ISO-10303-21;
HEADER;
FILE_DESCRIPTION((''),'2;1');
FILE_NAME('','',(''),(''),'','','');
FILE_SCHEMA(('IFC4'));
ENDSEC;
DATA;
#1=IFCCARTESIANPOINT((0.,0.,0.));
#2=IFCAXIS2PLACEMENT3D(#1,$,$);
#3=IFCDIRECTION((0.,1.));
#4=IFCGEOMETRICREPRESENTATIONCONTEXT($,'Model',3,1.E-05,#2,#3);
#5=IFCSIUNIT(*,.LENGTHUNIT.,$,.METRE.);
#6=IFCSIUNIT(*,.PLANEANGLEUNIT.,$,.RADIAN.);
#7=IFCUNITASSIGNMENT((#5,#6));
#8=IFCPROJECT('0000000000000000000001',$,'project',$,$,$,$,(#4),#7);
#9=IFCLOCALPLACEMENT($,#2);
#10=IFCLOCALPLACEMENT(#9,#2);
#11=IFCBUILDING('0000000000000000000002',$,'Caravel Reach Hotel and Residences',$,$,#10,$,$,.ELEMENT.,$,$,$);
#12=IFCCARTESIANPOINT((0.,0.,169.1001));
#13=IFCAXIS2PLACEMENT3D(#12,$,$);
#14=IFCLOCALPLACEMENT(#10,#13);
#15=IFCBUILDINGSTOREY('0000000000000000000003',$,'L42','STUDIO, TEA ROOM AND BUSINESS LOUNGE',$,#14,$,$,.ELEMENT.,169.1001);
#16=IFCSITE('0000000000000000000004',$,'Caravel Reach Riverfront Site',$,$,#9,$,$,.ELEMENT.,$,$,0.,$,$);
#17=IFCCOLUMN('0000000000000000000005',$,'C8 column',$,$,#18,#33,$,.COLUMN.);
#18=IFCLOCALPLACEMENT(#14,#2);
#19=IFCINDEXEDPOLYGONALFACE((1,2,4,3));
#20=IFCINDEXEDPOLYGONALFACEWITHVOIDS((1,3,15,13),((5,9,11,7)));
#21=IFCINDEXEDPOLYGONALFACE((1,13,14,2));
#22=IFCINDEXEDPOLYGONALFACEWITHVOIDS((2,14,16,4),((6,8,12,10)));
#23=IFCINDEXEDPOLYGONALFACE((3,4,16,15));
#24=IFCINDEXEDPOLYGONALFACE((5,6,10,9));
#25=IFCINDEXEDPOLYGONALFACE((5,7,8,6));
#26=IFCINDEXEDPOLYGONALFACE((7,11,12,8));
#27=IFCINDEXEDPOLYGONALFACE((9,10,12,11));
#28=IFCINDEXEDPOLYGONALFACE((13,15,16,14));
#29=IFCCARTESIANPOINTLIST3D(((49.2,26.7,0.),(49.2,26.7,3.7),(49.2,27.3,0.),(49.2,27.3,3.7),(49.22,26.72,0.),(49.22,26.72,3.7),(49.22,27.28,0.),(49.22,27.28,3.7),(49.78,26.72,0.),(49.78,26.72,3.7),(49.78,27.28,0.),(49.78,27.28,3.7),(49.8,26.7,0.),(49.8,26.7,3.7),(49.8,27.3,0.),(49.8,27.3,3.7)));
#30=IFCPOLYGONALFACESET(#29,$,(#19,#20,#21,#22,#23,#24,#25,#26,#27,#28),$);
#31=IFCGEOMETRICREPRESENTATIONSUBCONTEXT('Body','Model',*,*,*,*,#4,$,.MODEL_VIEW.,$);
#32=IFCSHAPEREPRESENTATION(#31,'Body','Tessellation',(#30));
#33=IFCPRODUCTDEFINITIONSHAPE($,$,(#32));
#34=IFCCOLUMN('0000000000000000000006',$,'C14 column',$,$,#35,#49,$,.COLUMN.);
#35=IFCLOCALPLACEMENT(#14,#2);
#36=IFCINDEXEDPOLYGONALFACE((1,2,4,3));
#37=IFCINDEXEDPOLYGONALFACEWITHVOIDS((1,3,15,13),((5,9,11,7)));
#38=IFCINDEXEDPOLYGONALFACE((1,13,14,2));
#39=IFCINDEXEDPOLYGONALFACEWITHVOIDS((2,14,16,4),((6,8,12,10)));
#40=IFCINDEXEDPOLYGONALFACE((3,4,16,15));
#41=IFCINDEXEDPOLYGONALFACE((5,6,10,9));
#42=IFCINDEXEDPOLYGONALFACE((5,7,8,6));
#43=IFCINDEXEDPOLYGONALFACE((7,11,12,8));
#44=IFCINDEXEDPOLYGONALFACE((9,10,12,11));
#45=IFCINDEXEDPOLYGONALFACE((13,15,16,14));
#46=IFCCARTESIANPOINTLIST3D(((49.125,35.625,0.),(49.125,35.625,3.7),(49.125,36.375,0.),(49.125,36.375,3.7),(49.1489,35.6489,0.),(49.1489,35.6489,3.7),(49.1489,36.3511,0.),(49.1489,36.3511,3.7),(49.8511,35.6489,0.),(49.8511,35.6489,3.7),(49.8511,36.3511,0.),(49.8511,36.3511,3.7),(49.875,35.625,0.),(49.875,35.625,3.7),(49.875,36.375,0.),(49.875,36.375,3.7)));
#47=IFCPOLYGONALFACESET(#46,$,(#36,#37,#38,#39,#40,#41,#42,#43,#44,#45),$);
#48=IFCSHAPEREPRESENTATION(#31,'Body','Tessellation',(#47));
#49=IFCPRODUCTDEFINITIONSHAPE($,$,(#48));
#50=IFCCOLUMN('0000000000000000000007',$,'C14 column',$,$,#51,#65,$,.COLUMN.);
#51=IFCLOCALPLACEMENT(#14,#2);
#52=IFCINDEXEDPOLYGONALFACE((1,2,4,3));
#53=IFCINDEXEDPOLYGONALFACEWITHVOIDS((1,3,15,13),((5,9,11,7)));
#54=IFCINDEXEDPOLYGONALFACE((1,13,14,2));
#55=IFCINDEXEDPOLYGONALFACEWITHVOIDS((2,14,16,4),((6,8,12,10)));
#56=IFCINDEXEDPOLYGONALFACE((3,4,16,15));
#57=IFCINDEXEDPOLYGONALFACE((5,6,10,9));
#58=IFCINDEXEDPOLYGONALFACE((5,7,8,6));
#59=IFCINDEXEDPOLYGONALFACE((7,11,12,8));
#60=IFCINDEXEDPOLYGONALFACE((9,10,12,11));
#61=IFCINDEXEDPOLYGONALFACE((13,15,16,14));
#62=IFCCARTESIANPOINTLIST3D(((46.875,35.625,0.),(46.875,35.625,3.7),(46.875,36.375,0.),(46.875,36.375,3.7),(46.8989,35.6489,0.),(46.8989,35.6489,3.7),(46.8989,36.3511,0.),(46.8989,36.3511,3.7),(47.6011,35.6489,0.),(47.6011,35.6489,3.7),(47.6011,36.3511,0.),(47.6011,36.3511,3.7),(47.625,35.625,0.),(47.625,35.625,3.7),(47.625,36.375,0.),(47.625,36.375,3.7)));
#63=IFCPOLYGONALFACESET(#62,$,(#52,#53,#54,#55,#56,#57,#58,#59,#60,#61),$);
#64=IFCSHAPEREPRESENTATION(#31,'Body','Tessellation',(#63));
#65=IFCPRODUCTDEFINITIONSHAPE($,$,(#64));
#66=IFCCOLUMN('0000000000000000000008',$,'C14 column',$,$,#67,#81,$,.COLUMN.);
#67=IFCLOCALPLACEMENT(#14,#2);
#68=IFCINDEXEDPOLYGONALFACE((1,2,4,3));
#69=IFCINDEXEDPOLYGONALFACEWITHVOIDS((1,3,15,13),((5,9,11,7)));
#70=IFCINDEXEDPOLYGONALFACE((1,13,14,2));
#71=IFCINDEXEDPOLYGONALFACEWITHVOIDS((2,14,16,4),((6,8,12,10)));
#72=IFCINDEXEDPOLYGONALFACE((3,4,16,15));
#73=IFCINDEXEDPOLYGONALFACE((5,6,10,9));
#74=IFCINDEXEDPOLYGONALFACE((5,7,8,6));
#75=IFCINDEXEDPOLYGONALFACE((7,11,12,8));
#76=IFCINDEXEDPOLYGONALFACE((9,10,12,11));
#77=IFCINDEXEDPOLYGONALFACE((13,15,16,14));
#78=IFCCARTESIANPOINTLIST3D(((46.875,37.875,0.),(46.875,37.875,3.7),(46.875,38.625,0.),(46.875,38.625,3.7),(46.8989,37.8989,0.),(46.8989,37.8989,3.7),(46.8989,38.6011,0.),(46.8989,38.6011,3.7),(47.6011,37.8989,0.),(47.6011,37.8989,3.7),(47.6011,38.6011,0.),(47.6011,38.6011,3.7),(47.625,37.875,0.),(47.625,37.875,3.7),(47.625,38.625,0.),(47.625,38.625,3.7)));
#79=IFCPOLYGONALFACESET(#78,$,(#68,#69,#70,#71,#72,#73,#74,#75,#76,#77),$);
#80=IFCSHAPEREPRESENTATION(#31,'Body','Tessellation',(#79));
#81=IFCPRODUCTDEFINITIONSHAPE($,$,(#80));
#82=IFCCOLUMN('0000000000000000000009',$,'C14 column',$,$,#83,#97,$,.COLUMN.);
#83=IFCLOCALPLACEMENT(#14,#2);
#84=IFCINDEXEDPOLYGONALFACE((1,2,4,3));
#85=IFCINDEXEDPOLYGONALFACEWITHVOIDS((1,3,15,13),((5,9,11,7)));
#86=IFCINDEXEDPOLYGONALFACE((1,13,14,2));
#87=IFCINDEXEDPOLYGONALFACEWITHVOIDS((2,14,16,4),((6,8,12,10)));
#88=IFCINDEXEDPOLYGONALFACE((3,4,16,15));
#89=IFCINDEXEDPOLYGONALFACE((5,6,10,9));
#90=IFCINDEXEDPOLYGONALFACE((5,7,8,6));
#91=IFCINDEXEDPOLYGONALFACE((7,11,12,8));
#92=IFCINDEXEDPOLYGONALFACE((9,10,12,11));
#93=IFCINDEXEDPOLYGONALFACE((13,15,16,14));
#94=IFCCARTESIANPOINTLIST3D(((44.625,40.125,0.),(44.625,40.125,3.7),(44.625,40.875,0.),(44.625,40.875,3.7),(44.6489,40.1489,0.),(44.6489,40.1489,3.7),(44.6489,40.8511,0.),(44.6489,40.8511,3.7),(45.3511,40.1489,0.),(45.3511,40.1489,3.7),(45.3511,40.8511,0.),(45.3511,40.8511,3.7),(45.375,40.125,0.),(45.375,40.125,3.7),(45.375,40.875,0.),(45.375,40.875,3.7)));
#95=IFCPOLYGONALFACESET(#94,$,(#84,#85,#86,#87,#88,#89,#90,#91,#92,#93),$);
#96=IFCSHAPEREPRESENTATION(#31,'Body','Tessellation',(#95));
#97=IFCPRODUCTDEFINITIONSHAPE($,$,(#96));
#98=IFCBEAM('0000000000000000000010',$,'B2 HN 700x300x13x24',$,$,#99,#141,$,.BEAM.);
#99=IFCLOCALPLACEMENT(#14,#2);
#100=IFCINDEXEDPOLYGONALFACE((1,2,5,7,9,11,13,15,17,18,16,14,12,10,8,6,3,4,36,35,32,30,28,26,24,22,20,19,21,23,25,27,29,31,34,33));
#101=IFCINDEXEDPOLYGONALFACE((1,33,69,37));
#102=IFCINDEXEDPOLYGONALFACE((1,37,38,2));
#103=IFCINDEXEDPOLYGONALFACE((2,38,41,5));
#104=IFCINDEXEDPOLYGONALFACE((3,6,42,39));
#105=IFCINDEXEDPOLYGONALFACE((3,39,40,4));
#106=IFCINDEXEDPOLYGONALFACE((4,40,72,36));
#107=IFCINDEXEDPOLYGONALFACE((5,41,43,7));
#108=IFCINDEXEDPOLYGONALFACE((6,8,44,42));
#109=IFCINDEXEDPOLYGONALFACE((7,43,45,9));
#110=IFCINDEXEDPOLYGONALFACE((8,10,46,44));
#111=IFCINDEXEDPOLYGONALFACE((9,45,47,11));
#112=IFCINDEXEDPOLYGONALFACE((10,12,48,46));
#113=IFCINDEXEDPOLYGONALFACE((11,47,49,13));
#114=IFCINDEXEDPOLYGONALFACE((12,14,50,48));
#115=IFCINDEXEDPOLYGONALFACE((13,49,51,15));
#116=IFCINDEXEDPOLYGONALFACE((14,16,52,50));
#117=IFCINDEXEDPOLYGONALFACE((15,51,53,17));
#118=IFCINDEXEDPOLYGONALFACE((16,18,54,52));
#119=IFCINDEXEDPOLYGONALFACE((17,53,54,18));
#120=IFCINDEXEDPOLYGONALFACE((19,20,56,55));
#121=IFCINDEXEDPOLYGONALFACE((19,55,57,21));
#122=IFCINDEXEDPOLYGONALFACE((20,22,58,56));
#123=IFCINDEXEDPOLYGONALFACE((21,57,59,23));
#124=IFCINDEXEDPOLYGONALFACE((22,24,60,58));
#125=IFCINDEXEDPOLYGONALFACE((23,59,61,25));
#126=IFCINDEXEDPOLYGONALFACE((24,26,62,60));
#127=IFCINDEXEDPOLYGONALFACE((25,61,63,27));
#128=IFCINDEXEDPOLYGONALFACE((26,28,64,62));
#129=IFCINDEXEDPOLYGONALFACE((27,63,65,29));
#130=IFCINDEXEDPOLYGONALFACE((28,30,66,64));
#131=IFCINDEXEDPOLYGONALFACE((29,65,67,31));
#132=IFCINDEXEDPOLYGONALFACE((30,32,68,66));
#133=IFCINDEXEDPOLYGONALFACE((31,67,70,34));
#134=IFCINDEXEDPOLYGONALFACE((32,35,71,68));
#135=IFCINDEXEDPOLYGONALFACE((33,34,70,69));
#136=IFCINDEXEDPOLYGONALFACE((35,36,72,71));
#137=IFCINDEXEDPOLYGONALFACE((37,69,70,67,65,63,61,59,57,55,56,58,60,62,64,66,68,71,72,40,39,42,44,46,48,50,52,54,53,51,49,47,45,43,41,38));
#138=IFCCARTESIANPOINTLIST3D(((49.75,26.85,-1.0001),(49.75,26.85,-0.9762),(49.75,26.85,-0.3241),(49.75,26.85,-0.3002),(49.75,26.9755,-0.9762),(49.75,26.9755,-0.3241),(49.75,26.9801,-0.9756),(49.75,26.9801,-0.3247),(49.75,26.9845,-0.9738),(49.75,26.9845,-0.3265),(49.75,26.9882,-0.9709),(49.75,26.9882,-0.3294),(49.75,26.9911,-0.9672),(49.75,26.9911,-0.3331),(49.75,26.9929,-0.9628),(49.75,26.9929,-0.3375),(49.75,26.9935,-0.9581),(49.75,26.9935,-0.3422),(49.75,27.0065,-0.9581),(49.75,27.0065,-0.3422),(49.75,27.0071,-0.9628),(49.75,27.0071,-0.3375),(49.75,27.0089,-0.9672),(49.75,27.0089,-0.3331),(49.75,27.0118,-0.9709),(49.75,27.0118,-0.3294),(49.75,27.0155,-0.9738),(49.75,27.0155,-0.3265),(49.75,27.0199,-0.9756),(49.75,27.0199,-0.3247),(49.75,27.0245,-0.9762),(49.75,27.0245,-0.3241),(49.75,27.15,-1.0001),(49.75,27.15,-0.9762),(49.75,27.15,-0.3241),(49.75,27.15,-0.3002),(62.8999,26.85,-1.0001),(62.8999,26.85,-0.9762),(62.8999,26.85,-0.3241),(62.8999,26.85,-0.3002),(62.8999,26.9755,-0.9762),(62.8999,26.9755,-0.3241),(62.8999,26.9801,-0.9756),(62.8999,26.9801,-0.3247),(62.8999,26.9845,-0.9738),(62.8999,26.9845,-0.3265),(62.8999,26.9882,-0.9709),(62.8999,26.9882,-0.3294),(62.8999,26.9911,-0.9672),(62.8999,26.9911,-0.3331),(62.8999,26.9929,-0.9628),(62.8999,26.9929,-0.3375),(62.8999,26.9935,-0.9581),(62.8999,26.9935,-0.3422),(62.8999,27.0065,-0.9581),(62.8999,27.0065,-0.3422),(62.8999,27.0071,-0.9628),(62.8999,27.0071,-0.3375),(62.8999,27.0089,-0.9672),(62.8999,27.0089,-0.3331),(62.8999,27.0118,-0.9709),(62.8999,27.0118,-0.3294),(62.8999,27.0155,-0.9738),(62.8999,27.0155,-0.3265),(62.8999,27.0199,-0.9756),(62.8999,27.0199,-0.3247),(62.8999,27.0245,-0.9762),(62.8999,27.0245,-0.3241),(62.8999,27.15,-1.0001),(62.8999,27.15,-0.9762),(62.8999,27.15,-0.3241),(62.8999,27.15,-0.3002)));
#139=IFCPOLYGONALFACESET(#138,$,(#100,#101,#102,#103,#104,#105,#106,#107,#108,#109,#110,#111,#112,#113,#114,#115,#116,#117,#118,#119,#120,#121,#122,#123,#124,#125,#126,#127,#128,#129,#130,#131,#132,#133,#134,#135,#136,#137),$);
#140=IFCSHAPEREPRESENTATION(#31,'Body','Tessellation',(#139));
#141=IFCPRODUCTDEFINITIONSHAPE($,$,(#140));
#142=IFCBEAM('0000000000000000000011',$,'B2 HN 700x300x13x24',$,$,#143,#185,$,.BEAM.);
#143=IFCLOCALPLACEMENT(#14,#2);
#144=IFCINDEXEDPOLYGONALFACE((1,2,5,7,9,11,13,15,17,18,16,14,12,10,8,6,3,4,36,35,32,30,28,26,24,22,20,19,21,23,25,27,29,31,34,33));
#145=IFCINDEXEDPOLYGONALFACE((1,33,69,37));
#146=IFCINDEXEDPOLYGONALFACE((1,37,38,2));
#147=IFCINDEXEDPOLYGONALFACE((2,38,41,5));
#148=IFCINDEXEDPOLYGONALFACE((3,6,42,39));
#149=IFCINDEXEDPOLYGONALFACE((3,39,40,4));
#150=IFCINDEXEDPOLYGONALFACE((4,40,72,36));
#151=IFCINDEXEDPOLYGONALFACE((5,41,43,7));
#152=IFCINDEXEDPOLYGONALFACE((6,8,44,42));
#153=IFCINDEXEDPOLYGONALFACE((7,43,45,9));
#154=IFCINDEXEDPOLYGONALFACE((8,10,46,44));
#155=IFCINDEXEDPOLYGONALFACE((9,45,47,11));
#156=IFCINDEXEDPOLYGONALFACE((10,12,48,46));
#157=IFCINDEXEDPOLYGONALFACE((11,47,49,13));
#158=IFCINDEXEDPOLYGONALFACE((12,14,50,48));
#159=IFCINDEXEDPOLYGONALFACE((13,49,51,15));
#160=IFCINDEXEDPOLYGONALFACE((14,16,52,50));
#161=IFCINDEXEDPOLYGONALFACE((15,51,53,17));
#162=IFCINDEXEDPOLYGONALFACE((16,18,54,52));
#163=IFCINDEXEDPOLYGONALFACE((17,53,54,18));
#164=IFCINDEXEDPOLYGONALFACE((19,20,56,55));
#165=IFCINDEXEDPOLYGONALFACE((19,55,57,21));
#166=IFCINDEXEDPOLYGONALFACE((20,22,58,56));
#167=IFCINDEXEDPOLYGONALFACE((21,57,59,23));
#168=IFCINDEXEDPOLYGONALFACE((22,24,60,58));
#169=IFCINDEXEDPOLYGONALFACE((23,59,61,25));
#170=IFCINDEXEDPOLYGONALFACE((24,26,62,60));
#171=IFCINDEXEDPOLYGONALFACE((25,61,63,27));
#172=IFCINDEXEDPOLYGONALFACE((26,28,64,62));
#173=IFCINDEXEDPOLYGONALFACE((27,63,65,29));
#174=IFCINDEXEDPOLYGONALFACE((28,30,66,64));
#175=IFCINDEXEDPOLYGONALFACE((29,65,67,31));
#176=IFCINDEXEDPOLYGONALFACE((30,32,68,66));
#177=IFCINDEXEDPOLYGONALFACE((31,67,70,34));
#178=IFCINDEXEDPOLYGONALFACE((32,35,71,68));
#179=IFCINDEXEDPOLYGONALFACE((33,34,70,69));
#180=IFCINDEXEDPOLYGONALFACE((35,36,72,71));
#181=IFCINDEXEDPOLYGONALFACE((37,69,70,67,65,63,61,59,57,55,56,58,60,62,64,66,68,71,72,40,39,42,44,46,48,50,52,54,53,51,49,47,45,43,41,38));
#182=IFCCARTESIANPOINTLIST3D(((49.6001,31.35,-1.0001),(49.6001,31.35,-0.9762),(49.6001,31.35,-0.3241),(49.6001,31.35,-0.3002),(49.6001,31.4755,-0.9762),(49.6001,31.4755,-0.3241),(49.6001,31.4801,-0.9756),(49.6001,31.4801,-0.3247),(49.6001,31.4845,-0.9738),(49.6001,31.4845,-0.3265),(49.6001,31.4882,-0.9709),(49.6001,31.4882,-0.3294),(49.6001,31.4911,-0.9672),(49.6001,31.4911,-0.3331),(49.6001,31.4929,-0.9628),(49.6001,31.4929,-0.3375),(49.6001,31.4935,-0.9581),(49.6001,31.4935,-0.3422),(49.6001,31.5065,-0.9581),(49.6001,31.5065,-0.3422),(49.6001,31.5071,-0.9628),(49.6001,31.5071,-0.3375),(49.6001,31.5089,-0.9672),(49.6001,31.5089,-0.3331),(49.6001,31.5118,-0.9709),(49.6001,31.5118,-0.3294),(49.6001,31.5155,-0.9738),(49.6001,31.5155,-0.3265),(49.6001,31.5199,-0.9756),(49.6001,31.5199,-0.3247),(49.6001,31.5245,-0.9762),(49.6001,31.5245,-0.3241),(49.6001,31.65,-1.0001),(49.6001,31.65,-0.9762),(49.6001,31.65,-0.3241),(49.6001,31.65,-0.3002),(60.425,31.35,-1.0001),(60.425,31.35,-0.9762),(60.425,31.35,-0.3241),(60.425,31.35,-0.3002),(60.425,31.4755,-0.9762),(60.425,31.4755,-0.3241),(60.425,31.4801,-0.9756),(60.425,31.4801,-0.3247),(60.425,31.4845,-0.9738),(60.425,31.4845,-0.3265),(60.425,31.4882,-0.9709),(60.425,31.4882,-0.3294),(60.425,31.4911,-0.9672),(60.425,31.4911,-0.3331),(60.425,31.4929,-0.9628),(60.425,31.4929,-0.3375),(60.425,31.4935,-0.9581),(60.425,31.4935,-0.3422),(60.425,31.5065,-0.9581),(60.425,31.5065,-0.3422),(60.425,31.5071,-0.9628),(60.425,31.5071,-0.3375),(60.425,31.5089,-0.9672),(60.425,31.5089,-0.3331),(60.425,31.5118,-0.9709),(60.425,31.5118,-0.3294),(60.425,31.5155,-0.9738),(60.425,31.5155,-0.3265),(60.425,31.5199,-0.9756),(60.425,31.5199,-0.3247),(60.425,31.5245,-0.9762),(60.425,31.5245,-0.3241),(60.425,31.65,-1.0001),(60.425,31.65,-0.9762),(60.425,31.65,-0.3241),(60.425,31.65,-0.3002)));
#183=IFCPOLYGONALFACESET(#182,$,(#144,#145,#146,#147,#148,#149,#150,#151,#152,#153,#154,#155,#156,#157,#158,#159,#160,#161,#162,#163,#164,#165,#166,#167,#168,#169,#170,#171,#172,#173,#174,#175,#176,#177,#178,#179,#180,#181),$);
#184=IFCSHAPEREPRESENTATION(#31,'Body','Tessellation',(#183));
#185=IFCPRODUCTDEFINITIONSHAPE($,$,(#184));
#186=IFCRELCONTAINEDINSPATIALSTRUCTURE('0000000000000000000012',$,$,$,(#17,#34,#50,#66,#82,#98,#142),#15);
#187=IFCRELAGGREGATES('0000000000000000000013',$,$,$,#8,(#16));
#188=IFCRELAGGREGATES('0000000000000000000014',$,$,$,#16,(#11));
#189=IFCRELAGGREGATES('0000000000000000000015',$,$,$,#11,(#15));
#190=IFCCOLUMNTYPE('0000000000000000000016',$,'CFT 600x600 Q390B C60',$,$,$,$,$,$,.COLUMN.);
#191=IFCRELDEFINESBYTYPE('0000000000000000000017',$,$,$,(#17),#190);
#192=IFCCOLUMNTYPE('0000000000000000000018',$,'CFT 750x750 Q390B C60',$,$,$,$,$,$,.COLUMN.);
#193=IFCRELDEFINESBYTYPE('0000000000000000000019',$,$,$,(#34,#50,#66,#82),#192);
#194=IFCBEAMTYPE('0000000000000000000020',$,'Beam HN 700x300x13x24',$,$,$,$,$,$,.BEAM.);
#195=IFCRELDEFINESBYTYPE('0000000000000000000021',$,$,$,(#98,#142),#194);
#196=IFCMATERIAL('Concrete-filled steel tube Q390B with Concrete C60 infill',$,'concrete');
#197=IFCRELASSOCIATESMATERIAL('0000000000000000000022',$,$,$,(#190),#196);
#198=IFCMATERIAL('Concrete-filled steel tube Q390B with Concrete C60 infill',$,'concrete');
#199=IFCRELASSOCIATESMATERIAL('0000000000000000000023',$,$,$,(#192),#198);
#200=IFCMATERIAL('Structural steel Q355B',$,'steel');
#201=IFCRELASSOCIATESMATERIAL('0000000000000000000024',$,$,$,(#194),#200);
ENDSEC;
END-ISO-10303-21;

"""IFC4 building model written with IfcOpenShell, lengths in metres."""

from ifc_helpers import new_model, si_unit, direction, frame, origin, origin_2d, place, context, subcontext, project, spatial, hollow_rectangle, i_section, extrude, material, material_profile, profile_set, type_object, element, save


model = new_model("IFC4")

# Units and contexts
model_context = context("Model", 3, precision=1e-05, world=origin(), true_north=direction((0.0, 1.0)))
body_context = subcontext(model_context, "Body", "Model", "MODEL_VIEW")
ifc_project = project(units=[si_unit("LENGTHUNIT", "METRE"), si_unit("PLANEANGLEUNIT", "RADIAN")], contexts=[model_context])

# Site, building, storey
site_placement = place(None, origin())
site = spatial("IfcSite", under=ifc_project, at=site_placement, Name="Caravel Reach Riverfront Site", CompositionType="ELEMENT", RefElevation=0.0)
building_placement = place(site_placement, origin())
building = spatial("IfcBuilding", under=site, at=building_placement, Name="Caravel Reach Hotel and Residences", CompositionType="ELEMENT")
storey_placement = place(building_placement, frame((0.0, 0.0, 169.1001)))
storey = spatial("IfcBuildingStorey", under=building, at=storey_placement, Name="L42", Description="STUDIO, TEA ROOM AND BUSINESS LOUNGE", CompositionType="ELEMENT", Elevation=169.1001)

# Columns
ifc_material_1 = material(Name="Concrete-filled steel tube Q390B with Concrete C60 infill", Category="concrete")
ifc_material_profile_1 = material_profile(ifc_material_1, hollow_rectangle(XDim=0.6001, YDim=0.6001, WallThickness=0.02, at=origin_2d()), Name="RHS 600x600x20")
ifc_profile_set_1 = profile_set([ifc_material_profile_1], Name="Concrete-filled steel tube Q390B with Concrete C60 infill")
column_type_1 = type_object("IfcColumnType", Name="CFT 600x600 Q390B C60", PredefinedType="COLUMN", material=ifc_profile_set_1)
column_placement = place(storey_placement, frame((49.5, 27.0, 0.0), z_axis=(0.0, 0.0, 1.0), x_axis=(1.0, 0.0, 0.0)))
element("IfcColumn", 1, at=column_placement, inside=storey, type_object=column_type_1, Name="C8 column", PredefinedType="COLUMN", context=body_context, shape_type="SweptSolid", body=[
    extrude(hollow_rectangle(XDim=0.6001, YDim=0.6001, WallThickness=0.02, at=origin_2d()), origin(), (0.0, 0.0, 1.0), 3.7),
])
ifc_material_2 = material(Name="Concrete-filled steel tube Q390B with Concrete C60 infill", Category="concrete")
ifc_material_profile_2 = material_profile(ifc_material_2, hollow_rectangle(XDim=0.75, YDim=0.75, WallThickness=0.0239, at=origin_2d()), Name="RHS 750x750x24")
ifc_profile_set_2 = profile_set([ifc_material_profile_2], Name="Concrete-filled steel tube Q390B with Concrete C60 infill")
column_type_2 = type_object("IfcColumnType", Name="CFT 750x750 Q390B C60", PredefinedType="COLUMN", material=ifc_profile_set_2)
for number, where, z_axis, x_axis, name in (
    (2, (49.5, 36.0, 0.0), (0.0, 0.0, 1.0), (1.0, 0.0, 0.0), "C14 column"),
    (3, (47.25, 36.0, 0.0), (0.0, 0.0, 1.0), (1.0, 0.0, 0.0), "C14 column"),
    (4, (47.25, 38.25, 0.0), (0.0, 0.0, 1.0), (1.0, 0.0, 0.0), "C14 column"),
    (5, (45.0, 40.5, 0.0), (0.0, 0.0, 1.0), (1.0, 0.0, 0.0), "C14 column"),
):
    element("IfcColumn", number, at=place(storey_placement, frame(where, z_axis=z_axis, x_axis=x_axis)), inside=storey, type_object=column_type_2, Name=name, PredefinedType="COLUMN", context=body_context, shape_type="SweptSolid", body=[
        extrude(hollow_rectangle(XDim=0.75, YDim=0.75, WallThickness=0.0239, at=origin_2d()), origin(), (0.0, 0.0, 1.0), 3.7),
    ])

# Beams
ifc_material_3 = material(Name="Structural steel Q355B", Category="steel")
ifc_material_profile_3 = material_profile(ifc_material_3, i_section(OverallWidth=0.3, OverallDepth=0.7, WebThickness=0.0129, FlangeThickness=0.0239, FilletRadius=0.0181, at=origin_2d()), Name="HN 700x300x13x24")
ifc_profile_set_3 = profile_set([ifc_material_profile_3], Name="Structural steel Q355B")
beam_type_1 = type_object("IfcBeamType", Name="Beam HN 700x300x13x24", PredefinedType="BEAM", material=ifc_profile_set_3)
beam_1_placement = place(storey_placement, frame((49.75, 27.0, -0.6501), z_axis=(1.0, 0.0, 0.0), x_axis=(0.0, 1.0, 0.0)))
element("IfcBeam", 6, at=beam_1_placement, inside=storey, type_object=beam_type_1, Name="B2 HN 700x300x13x24", PredefinedType="BEAM", context=body_context, shape_type="SweptSolid", body=[
    extrude(i_section(OverallWidth=0.3, OverallDepth=0.7, WebThickness=0.0129, FlangeThickness=0.0239, FilletRadius=0.0181, at=origin_2d()), origin(), (0.0, 0.0, 1.0), 13.1499),
])
beam_2_placement = place(storey_placement, frame((49.6001, 31.5, -0.6501), z_axis=(1.0, 0.0, 0.0), x_axis=(0.0, 1.0, 0.0)))
element("IfcBeam", 7, at=beam_2_placement, inside=storey, type_object=beam_type_1, Name="B2 HN 700x300x13x24", PredefinedType="BEAM", context=body_context, shape_type="SweptSolid", body=[
    extrude(i_section(OverallWidth=0.3, OverallDepth=0.7, WebThickness=0.0129, FlangeThickness=0.0239, FilletRadius=0.0181, at=origin_2d()), origin(), (0.0, 0.0, 1.0), 10.825),
])

save(model, "model.ifc")
